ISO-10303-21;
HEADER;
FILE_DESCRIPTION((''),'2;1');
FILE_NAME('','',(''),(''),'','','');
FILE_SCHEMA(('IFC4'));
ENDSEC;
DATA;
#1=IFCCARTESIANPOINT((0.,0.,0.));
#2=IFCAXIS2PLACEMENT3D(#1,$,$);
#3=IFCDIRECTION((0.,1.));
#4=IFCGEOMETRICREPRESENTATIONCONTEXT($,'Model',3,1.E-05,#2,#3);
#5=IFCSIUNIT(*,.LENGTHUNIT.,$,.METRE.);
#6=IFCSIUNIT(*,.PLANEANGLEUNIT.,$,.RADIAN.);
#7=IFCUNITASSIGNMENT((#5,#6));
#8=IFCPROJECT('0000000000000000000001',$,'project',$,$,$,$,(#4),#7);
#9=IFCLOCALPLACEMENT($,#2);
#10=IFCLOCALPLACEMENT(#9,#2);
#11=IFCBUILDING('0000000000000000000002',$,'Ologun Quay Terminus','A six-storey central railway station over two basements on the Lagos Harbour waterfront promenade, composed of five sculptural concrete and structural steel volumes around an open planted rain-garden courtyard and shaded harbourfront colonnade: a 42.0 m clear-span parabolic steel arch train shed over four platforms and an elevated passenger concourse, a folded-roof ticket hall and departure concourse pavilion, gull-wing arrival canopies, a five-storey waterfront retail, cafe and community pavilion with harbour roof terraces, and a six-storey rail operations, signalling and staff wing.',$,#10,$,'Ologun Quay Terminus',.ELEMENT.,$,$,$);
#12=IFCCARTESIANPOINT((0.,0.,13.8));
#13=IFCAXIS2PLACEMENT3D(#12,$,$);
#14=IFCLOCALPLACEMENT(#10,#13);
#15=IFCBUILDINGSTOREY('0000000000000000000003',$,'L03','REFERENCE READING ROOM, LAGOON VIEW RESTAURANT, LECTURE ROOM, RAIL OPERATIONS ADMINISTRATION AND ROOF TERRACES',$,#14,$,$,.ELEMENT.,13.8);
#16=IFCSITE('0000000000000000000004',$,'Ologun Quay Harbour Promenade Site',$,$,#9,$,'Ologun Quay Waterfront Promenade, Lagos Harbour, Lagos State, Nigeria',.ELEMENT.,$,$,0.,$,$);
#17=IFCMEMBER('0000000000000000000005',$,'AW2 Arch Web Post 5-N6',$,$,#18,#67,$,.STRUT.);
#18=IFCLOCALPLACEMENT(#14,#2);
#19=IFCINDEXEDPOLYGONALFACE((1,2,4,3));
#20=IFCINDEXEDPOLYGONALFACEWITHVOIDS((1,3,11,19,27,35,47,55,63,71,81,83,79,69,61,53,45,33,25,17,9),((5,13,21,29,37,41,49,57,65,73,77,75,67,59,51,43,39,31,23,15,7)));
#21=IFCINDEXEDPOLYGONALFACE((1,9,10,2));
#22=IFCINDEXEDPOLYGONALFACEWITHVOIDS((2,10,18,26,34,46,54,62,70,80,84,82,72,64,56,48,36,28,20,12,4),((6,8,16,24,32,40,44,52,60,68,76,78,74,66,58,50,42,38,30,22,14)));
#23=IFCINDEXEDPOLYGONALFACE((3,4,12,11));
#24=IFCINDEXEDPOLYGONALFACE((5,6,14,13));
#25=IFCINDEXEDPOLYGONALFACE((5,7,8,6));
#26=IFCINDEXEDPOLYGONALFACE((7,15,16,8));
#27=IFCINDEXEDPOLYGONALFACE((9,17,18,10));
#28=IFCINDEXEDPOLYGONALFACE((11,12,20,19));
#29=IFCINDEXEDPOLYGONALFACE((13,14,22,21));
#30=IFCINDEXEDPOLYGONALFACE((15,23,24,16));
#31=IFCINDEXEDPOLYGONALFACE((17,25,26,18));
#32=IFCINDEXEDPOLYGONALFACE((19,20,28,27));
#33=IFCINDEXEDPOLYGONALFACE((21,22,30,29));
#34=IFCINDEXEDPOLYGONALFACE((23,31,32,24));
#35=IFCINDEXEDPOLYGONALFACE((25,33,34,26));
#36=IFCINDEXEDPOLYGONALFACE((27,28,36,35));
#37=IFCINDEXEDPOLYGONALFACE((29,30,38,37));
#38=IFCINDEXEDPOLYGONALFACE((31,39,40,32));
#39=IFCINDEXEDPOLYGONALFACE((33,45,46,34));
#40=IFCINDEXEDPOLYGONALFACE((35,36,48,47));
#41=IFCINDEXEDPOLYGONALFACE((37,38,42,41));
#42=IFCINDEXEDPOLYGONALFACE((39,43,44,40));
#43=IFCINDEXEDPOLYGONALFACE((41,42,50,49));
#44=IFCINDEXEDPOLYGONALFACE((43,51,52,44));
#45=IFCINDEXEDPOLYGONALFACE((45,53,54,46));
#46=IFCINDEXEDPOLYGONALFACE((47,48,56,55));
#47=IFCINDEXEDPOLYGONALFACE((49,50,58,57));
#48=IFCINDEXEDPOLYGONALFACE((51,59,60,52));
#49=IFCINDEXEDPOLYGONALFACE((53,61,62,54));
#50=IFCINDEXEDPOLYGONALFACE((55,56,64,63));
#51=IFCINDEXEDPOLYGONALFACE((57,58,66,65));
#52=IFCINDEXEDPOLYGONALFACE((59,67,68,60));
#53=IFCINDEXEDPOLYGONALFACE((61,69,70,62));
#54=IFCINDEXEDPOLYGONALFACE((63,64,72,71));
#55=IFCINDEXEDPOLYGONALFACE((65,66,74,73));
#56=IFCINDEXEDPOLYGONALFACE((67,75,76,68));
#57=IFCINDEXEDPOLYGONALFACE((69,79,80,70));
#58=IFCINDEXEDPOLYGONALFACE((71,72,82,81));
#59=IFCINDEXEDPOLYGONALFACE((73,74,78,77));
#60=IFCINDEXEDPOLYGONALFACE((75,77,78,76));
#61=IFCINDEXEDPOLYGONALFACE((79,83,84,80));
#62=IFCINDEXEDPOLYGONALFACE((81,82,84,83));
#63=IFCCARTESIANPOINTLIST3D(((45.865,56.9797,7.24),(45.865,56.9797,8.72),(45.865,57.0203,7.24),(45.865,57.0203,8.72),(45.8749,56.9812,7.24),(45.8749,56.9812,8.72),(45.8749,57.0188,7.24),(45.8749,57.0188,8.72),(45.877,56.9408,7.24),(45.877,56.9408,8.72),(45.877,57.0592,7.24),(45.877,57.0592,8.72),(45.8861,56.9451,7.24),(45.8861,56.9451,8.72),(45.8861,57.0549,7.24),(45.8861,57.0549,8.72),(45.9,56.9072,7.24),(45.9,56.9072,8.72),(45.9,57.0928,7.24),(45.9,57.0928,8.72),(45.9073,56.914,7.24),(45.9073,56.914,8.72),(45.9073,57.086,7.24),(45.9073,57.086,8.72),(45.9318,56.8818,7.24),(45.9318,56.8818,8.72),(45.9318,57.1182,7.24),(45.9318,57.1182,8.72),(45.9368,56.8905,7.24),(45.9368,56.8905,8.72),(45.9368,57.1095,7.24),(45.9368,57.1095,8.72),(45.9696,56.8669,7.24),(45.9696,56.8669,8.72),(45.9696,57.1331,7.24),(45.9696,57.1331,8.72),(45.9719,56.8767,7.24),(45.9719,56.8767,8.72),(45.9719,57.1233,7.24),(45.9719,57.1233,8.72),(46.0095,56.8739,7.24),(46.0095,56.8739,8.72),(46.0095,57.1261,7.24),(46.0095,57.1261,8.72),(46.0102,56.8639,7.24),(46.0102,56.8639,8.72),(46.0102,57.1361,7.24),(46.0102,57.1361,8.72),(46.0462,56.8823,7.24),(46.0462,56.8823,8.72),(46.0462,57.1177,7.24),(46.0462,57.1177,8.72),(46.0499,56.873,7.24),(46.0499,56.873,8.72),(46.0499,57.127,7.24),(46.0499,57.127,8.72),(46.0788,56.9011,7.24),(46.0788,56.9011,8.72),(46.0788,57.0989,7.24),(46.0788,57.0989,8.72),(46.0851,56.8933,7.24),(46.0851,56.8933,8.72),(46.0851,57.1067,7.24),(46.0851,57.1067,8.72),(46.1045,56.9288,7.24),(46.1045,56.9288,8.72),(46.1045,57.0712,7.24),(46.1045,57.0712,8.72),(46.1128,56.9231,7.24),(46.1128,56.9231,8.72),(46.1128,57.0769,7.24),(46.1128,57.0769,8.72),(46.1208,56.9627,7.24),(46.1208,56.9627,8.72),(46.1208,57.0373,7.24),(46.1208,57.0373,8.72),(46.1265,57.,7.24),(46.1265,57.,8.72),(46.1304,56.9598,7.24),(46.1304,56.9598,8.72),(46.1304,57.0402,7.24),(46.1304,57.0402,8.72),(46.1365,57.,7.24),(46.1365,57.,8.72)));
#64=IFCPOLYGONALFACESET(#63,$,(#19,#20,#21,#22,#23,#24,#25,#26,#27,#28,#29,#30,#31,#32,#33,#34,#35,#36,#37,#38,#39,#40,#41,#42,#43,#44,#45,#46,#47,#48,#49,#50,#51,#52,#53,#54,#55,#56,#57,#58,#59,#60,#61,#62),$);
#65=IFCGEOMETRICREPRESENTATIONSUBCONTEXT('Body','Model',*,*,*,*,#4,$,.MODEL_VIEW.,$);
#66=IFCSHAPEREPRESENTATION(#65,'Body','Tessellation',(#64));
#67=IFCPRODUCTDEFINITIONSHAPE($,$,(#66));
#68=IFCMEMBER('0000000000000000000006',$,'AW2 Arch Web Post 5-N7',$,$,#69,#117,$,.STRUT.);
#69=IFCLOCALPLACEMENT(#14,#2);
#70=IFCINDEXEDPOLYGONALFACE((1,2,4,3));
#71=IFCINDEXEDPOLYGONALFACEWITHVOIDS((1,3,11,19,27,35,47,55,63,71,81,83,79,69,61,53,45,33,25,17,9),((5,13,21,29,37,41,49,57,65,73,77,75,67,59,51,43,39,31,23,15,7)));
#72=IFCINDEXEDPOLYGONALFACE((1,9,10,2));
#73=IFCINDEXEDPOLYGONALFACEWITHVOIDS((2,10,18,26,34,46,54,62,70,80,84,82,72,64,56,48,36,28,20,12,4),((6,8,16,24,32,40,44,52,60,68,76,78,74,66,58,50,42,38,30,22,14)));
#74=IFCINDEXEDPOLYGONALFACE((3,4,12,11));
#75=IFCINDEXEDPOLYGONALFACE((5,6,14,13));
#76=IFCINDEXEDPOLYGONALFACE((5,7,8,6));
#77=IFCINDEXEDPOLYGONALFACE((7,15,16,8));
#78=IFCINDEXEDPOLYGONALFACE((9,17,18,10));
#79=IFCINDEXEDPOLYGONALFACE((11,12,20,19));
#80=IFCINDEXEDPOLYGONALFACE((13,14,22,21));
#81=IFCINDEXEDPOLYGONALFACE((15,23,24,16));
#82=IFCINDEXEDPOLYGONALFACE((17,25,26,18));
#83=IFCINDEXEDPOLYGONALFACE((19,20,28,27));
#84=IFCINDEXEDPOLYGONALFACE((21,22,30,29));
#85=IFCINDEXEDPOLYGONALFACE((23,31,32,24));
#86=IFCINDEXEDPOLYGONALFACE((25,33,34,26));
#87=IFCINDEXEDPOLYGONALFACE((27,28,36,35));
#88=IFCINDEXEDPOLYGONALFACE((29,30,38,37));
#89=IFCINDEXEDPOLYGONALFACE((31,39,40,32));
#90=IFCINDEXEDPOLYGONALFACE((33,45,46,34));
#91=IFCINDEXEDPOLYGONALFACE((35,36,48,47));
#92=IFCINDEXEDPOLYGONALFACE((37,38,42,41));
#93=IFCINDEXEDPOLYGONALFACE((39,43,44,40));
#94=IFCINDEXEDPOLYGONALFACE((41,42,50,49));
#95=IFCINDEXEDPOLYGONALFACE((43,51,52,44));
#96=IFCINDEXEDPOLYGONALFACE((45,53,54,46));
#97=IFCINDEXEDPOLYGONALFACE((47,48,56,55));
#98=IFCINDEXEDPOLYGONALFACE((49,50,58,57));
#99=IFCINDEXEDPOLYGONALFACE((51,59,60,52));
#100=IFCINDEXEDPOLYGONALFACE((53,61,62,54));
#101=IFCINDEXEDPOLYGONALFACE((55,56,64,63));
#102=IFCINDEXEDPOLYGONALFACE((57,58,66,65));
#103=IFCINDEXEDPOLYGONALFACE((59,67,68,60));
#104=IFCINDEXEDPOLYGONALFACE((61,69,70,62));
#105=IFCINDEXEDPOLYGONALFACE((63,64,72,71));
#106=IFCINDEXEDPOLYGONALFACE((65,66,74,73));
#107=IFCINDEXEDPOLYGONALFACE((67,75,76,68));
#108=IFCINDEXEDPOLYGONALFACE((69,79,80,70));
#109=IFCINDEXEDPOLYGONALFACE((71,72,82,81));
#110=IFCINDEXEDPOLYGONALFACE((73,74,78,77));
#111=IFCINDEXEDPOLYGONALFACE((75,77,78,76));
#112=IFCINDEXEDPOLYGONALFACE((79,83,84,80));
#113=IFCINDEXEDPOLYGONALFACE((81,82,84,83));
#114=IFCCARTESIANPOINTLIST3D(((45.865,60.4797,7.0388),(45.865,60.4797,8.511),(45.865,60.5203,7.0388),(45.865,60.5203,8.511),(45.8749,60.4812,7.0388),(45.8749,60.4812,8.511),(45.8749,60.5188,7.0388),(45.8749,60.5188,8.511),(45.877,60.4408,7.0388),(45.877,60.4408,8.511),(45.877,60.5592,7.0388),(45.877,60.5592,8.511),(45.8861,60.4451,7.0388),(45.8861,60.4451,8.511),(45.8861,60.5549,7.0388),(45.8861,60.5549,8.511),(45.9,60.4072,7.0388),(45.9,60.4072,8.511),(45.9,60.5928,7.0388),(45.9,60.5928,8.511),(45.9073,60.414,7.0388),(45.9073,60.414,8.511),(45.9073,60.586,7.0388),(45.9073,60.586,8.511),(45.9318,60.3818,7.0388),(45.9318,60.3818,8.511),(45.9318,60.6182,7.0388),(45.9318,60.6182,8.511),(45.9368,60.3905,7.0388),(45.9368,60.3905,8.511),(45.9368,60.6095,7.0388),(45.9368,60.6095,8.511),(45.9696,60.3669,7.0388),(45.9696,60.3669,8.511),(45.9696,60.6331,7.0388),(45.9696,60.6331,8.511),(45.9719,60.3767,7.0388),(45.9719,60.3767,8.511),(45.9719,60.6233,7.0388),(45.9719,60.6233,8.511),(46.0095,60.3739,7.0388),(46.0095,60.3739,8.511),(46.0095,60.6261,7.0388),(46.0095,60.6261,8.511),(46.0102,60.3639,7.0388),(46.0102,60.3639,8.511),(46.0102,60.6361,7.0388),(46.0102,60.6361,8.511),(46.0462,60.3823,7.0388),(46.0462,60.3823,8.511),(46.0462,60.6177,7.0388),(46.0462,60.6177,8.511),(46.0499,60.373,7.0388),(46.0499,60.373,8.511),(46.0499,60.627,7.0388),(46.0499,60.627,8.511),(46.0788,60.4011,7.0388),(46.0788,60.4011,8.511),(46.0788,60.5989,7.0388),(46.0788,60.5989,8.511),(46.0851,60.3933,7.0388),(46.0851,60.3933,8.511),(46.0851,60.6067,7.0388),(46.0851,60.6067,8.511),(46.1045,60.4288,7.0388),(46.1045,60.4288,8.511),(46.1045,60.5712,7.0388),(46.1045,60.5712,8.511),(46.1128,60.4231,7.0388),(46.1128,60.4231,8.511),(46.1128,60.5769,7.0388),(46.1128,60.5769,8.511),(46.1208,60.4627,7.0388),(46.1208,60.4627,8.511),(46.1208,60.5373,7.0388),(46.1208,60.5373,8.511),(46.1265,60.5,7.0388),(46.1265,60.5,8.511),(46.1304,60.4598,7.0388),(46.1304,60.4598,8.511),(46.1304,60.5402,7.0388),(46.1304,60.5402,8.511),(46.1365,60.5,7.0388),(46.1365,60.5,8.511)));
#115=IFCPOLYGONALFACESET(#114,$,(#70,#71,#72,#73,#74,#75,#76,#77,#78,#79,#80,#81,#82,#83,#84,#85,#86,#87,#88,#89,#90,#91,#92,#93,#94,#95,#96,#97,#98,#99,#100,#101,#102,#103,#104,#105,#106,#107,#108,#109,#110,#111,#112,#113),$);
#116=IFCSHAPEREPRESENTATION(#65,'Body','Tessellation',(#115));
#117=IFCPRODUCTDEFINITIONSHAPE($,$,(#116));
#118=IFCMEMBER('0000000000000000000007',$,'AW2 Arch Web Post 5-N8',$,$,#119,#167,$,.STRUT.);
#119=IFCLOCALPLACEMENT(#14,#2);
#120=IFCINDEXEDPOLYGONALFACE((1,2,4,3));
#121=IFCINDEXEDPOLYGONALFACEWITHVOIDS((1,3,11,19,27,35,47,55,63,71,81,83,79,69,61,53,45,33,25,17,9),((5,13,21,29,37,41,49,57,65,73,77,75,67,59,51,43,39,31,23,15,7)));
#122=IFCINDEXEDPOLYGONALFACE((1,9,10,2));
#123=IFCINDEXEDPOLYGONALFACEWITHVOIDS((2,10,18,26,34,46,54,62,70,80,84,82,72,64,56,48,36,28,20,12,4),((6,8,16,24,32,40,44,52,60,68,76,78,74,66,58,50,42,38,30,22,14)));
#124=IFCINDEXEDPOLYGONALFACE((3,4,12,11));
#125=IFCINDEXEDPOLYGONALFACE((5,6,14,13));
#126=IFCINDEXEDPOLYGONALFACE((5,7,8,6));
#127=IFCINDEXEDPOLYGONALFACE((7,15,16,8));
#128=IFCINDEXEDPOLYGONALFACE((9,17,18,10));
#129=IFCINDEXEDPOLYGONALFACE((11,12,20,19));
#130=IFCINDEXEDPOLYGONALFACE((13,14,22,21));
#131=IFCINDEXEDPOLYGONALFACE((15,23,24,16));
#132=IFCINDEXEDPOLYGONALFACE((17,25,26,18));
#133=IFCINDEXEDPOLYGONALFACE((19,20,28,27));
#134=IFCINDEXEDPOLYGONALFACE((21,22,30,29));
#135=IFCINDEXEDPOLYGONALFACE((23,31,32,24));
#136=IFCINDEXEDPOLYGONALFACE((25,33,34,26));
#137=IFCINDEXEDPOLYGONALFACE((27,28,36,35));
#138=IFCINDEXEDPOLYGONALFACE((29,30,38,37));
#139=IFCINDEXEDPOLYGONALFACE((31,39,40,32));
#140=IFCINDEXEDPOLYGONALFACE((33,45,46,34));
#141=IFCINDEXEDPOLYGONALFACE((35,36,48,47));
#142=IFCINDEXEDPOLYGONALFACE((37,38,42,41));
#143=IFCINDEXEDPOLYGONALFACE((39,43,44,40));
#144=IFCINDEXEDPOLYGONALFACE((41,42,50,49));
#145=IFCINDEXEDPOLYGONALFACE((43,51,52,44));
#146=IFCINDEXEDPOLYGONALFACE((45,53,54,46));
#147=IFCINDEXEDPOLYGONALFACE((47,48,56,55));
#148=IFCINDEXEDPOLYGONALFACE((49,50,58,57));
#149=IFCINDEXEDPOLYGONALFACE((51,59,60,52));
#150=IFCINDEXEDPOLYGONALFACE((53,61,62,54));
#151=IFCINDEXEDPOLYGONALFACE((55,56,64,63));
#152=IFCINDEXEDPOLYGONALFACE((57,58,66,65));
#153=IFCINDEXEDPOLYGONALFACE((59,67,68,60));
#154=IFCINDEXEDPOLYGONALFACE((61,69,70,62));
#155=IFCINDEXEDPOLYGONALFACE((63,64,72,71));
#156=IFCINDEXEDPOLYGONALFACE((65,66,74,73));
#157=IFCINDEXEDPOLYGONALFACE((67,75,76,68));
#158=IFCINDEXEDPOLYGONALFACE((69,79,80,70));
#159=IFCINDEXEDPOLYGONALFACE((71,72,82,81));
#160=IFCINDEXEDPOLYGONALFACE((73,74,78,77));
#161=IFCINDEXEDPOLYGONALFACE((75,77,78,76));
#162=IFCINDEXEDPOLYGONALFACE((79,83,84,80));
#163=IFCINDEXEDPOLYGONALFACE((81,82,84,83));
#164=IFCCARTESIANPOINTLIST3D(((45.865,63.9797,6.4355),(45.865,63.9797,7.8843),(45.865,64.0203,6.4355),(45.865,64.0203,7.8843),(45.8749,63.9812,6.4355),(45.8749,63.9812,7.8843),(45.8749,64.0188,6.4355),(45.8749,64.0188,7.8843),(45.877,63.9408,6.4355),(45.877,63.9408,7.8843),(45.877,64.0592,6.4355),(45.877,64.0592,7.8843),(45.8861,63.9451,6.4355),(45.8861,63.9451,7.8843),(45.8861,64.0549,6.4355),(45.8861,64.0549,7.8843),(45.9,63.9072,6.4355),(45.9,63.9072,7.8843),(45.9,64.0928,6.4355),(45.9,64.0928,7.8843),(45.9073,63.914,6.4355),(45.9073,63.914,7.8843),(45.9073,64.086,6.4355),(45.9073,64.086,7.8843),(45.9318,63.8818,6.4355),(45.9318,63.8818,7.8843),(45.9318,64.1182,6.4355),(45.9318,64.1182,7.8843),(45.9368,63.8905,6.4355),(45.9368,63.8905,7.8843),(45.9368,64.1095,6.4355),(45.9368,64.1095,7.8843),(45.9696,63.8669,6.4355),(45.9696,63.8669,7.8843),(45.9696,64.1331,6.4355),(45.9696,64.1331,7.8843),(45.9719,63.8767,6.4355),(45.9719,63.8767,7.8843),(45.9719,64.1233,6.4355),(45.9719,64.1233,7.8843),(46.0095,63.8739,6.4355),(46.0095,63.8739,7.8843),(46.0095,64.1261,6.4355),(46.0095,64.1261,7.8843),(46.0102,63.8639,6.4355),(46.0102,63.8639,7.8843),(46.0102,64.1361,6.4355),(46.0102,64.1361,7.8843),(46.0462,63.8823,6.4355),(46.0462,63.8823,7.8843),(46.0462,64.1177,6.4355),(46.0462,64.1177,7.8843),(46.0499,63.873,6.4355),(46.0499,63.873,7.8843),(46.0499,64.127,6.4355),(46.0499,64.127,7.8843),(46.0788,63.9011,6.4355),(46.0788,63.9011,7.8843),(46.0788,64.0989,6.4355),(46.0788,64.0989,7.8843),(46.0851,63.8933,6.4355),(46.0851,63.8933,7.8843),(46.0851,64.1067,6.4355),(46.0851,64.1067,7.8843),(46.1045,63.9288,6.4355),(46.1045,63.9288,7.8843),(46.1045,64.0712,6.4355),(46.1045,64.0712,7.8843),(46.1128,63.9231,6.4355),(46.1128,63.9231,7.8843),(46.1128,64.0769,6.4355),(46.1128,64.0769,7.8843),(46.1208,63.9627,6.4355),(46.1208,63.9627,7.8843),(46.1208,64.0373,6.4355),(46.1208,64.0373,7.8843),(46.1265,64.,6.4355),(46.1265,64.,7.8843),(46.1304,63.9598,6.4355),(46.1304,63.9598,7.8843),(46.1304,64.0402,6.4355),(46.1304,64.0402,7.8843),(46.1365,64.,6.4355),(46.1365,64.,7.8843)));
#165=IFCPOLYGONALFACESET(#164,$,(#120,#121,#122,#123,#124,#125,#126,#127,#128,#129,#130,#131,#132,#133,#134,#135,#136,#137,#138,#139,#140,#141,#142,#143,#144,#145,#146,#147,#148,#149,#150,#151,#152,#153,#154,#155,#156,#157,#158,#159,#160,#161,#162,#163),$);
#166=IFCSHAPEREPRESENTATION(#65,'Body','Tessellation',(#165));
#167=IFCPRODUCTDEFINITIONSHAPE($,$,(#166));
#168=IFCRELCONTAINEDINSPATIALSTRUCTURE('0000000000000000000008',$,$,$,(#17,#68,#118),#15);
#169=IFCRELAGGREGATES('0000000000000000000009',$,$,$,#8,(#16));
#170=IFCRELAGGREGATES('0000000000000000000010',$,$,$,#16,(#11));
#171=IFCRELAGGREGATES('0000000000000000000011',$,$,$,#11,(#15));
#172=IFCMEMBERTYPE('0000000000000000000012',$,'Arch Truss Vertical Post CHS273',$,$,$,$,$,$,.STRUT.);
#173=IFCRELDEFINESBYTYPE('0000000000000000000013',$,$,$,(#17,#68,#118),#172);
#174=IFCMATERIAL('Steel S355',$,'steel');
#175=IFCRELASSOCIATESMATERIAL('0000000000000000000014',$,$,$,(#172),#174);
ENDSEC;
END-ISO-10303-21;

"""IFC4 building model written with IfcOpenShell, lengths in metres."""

from ifc_helpers import new_model, si_unit, direction, frame, origin, origin_2d, place, context, subcontext, project, spatial, hollow_circle, extrude, material, material_profile, profile_set, type_object, element, save


model = new_model("IFC4")

# Units and contexts
model_context = context("Model", 3, precision=1e-05, world=origin(), true_north=direction((0.0, 1.0)))
body_context = subcontext(model_context, "Body", "Model", "MODEL_VIEW")
ifc_project = project(units=[si_unit("LENGTHUNIT", "METRE"), si_unit("PLANEANGLEUNIT", "RADIAN")], contexts=[model_context])

# Site, building, storey
site_placement = place(None, origin())
site = spatial("IfcSite", under=ifc_project, at=site_placement, Name="Ologun Quay Harbour Promenade Site", LongName="Ologun Quay Waterfront Promenade, Lagos Harbour, Lagos State, Nigeria", CompositionType="ELEMENT", RefElevation=0.0)
building_placement = place(site_placement, origin())
building = spatial("IfcBuilding", under=site, at=building_placement, Name="Ologun Quay Terminus", Description="A six-storey central railway station over two basements on the Lagos Harbour waterfront promenade, composed of five sculptural concrete and structural steel volumes around an open planted rain-garden courtyard and shaded harbourfront colonnade: a 42.0 m clear-span parabolic steel arch train shed over four platforms and an elevated passenger concourse, a folded-roof ticket hall and departure concourse pavilion, gull-wing arrival canopies, a five-storey waterfront retail, cafe and community pavilion with harbour roof terraces, and a six-storey rail operations, signalling and staff wing.", LongName="Ologun Quay Terminus", CompositionType="ELEMENT")
storey_placement = place(building_placement, frame((0.0, 0.0, 13.8)))
storey = spatial("IfcBuildingStorey", under=building, at=storey_placement, Name="L03", Description="REFERENCE READING ROOM, LAGOON VIEW RESTAURANT, LECTURE ROOM, RAIL OPERATIONS ADMINISTRATION AND ROOF TERRACES", CompositionType="ELEMENT", Elevation=13.8)

# Members
ifc_material_1 = material(Name="Steel S355", Category="steel")
ifc_material_profile_1 = material_profile(ifc_material_1, hollow_circle(Radius=0.1365, WallThickness=0.01, at=origin_2d()), Name="CHS 273x10")
ifc_profile_set_1 = profile_set([ifc_material_profile_1], Name="Steel S355")
member_type_1 = type_object("IfcMemberType", Name="Arch Truss Vertical Post CHS273", PredefinedType="STRUT", material=ifc_profile_set_1)
member_1_placement = place(storey_placement, frame((46.0, 57.0, 7.24), z_axis=(0.0, 0.0, 1.0), x_axis=(1.0, 0.0, 0.0)))
element("IfcMember", 1, at=member_1_placement, inside=storey, type_object=member_type_1, Name="AW2 Arch Web Post 5-N6", PredefinedType="STRUT", context=body_context, shape_type="SweptSolid", body=[
    extrude(hollow_circle(Radius=0.1365, WallThickness=0.01, at=origin_2d()), origin(), (0.0, 0.0, 1.0), 1.48),
])
member_2_placement = place(storey_placement, frame((46.0, 60.5, 7.0388), z_axis=(0.0, 0.0, 1.0), x_axis=(1.0, 0.0, 0.0)))
element("IfcMember", 2, at=member_2_placement, inside=storey, type_object=member_type_1, Name="AW2 Arch Web Post 5-N7", PredefinedType="STRUT", context=body_context, shape_type="SweptSolid", body=[
    extrude(hollow_circle(Radius=0.1365, WallThickness=0.01, at=origin_2d()), origin(), (0.0, 0.0, 1.0), 1.4722),
])
member_3_placement = place(storey_placement, frame((46.0, 64.0, 6.4355), z_axis=(0.0, 0.0, 1.0), x_axis=(1.0, 0.0, 0.0)))
element("IfcMember", 3, at=member_3_placement, inside=storey, type_object=member_type_1, Name="AW2 Arch Web Post 5-N8", PredefinedType="STRUT", context=body_context, shape_type="SweptSolid", body=[
    extrude(hollow_circle(Radius=0.1365, WallThickness=0.01, at=origin_2d()), origin(), (0.0, 0.0, 1.0), 1.4487),
])

save(model, "model.ifc")
